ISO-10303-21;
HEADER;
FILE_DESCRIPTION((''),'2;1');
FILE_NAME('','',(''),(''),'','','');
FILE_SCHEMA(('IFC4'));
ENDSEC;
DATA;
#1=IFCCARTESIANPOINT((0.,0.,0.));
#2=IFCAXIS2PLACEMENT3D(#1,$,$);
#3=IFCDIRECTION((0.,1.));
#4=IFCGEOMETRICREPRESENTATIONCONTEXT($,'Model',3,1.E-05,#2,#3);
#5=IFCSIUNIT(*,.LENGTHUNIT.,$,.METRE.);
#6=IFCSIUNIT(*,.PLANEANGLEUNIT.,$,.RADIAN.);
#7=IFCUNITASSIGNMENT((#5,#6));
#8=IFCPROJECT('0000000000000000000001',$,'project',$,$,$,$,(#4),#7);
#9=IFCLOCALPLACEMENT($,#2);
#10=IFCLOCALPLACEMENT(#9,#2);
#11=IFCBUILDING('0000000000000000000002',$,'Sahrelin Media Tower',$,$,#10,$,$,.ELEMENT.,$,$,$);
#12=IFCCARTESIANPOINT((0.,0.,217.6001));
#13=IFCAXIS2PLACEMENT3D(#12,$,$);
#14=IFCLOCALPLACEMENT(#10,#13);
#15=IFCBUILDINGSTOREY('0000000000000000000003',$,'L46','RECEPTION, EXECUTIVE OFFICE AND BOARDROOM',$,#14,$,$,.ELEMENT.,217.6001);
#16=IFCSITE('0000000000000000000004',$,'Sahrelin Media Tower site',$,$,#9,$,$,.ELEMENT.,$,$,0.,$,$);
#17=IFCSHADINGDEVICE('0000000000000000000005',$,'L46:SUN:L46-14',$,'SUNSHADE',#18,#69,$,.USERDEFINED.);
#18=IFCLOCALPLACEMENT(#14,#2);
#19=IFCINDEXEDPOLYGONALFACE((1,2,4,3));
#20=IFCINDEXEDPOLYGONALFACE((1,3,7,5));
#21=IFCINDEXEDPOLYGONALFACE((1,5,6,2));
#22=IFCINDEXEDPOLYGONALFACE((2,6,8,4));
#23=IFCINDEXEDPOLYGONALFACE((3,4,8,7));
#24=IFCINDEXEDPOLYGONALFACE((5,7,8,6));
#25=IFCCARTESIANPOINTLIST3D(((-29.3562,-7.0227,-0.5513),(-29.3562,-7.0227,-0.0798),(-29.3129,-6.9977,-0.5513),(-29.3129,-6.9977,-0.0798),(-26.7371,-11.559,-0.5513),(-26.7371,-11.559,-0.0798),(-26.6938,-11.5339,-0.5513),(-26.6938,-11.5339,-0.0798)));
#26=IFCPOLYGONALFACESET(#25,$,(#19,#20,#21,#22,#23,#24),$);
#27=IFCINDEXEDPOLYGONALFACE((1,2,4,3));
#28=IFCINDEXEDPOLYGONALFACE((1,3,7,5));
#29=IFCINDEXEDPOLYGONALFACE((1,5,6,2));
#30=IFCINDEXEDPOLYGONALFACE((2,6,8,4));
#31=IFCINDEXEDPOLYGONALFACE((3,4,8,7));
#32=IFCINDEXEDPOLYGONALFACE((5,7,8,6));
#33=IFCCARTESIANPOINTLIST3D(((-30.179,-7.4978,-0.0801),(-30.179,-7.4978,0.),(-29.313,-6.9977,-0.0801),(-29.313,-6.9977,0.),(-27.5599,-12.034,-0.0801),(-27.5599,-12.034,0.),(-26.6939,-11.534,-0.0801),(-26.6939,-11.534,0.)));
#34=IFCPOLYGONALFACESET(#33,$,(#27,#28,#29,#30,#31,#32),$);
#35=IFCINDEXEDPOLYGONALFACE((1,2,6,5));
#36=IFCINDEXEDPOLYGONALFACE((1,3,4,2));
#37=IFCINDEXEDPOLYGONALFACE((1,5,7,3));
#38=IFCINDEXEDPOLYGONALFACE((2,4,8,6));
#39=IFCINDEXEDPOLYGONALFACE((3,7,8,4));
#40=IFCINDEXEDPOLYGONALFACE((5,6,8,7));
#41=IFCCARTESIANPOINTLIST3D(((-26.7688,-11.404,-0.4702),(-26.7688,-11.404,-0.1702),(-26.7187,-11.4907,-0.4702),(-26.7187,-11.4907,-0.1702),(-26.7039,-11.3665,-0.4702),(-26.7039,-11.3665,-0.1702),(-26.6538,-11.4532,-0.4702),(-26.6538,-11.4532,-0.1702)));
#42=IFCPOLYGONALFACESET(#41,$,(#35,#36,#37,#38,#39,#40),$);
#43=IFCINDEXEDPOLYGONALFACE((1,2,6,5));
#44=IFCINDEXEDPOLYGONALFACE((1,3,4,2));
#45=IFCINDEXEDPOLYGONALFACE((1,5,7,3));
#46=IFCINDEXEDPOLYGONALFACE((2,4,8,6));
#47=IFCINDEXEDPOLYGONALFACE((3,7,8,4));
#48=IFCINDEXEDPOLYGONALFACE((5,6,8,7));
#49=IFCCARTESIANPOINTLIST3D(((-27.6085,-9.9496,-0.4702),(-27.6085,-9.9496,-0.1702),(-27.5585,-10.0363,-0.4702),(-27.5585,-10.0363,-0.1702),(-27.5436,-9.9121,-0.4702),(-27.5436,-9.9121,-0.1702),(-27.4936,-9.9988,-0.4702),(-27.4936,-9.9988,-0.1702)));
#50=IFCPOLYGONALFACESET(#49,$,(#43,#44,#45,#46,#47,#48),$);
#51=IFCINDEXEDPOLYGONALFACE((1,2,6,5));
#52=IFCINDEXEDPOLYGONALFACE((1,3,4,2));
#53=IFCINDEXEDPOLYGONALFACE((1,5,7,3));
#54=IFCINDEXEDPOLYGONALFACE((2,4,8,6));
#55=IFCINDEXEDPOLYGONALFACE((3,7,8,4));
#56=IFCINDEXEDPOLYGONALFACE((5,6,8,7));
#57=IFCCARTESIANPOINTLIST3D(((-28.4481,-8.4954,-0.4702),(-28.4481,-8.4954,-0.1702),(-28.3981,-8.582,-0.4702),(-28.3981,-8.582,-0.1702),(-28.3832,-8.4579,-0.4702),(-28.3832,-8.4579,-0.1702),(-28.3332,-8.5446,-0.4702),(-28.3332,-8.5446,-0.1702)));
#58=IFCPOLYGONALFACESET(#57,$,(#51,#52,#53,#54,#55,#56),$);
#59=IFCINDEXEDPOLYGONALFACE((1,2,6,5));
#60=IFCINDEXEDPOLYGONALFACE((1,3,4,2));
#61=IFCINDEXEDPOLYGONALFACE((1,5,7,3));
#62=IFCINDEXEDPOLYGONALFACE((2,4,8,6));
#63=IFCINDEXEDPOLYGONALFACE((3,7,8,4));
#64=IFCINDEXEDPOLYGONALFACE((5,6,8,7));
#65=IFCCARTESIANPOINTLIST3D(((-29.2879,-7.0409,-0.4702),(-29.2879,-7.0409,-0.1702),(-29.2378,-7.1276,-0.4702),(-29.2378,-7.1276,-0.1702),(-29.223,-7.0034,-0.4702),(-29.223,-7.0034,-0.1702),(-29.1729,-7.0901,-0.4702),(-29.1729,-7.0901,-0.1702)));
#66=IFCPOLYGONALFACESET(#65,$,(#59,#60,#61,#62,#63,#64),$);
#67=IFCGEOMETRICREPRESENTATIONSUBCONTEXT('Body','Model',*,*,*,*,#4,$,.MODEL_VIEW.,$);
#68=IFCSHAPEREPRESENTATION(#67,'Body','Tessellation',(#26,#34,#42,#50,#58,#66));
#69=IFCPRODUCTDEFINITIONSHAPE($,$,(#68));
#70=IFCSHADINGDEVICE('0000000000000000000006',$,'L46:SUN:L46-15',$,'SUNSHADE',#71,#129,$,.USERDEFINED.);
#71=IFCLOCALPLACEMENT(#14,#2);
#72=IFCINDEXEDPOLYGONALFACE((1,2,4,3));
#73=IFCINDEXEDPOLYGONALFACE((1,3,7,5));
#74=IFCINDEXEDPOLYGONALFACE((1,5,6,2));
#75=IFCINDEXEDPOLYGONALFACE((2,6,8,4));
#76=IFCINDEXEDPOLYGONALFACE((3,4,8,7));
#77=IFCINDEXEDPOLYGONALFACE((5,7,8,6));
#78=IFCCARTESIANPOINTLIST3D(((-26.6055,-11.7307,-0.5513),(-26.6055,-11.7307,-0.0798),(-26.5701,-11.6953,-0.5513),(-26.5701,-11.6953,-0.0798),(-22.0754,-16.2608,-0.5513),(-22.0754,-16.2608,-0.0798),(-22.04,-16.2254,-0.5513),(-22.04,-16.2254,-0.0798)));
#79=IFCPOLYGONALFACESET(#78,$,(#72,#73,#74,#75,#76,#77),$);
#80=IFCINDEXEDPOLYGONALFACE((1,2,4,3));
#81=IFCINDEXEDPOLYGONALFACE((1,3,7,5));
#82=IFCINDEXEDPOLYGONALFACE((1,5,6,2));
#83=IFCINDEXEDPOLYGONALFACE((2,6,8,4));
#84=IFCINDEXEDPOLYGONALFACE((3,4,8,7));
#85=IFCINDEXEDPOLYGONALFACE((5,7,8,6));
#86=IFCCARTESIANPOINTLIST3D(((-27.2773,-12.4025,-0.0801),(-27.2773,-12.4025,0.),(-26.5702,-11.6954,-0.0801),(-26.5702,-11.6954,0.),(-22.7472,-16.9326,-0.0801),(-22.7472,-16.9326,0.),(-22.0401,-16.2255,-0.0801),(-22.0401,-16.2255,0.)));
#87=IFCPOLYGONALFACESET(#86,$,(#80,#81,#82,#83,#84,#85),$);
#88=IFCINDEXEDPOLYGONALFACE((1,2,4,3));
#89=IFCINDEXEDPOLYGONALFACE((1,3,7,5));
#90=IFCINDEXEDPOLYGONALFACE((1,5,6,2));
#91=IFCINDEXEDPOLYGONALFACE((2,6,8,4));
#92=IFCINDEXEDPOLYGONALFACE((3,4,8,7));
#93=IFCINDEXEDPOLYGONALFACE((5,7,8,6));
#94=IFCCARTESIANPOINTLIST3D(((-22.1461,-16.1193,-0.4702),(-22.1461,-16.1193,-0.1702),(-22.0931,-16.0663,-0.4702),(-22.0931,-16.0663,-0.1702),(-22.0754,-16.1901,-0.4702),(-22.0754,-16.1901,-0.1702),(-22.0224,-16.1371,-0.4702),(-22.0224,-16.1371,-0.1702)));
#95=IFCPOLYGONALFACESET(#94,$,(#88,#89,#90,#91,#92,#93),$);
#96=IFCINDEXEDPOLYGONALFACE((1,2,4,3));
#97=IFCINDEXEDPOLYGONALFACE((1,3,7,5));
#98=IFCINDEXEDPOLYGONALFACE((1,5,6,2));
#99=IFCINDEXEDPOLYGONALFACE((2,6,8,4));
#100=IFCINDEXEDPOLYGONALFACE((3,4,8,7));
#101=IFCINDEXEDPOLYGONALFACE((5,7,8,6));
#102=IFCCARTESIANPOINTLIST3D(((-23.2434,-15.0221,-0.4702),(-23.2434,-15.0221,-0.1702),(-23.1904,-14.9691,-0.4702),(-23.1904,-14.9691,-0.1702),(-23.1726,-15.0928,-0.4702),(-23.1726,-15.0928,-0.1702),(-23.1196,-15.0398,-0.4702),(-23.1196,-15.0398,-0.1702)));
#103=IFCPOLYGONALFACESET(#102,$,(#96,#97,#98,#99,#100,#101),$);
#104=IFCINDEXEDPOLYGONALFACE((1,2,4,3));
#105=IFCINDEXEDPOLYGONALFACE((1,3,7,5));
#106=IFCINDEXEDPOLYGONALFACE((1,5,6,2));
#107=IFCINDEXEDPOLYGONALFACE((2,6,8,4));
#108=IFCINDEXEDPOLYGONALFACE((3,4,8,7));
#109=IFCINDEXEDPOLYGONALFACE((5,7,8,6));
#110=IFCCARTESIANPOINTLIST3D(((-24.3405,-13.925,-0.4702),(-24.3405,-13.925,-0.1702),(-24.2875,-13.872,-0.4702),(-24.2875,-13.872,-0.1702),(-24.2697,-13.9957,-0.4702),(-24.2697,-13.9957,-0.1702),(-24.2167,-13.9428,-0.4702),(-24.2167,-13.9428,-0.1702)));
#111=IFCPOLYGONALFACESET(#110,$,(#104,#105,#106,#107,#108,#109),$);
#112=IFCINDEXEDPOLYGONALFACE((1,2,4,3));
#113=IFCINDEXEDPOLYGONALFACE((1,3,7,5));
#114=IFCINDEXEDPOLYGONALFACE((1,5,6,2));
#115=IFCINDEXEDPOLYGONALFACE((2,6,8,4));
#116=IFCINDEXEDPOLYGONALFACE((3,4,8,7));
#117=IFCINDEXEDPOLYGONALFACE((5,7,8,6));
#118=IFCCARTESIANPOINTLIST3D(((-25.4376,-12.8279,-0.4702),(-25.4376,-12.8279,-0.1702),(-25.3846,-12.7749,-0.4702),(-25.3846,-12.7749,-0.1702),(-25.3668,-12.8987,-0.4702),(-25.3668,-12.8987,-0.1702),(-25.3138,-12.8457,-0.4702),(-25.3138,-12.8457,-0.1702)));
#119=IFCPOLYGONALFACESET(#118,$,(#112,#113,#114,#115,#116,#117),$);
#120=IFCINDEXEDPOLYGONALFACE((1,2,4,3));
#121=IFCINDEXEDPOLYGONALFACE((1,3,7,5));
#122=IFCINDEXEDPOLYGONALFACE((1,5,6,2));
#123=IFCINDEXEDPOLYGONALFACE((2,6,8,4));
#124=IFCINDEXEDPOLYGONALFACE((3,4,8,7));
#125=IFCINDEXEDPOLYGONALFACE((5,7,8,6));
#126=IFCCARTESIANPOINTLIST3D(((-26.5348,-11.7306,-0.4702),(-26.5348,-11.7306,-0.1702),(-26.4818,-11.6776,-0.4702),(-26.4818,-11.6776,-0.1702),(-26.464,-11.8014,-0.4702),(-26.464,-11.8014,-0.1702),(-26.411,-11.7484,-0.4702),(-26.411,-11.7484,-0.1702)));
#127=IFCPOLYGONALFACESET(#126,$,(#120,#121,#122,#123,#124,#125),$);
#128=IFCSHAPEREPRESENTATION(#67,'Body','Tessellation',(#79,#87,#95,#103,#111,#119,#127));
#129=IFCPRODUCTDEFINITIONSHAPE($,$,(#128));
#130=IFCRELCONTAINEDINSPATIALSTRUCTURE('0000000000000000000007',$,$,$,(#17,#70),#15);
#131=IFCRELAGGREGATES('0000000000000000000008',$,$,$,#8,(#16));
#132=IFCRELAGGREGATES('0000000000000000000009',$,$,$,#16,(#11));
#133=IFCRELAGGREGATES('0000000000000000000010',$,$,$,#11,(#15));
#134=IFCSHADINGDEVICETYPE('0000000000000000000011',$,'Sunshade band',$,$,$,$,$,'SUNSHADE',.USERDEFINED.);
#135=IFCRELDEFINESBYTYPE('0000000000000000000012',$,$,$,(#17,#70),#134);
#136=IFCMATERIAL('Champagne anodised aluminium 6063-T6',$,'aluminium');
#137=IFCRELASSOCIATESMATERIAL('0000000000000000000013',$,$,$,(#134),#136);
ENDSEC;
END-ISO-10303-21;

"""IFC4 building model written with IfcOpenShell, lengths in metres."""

from ifc_helpers import new_model, si_unit, direction, frame, origin, origin_2d, place, context, subcontext, project, spatial, rectangle, extrude, material, type_object, element, save


model = new_model("IFC4")

# Units and contexts
model_context = context("Model", 3, precision=1e-05, world=origin(), true_north=direction((0.0, 1.0)))
body_context = subcontext(model_context, "Body", "Model", "MODEL_VIEW")
ifc_project = project(units=[si_unit("LENGTHUNIT", "METRE"), si_unit("PLANEANGLEUNIT", "RADIAN")], contexts=[model_context])

# Site, building, storey
site_placement = place(None, origin())
site = spatial("IfcSite", under=ifc_project, at=site_placement, Name="Sahrelin Media Tower site", CompositionType="ELEMENT", RefElevation=0.0)
building_placement = place(site_placement, origin())
building = spatial("IfcBuilding", under=site, at=building_placement, Name="Sahrelin Media Tower", CompositionType="ELEMENT")
storey_placement = place(building_placement, frame((0.0, 0.0, 217.6001)))
storey = spatial("IfcBuildingStorey", under=building, at=storey_placement, Name="L46", Description="RECEPTION, EXECUTIVE OFFICE AND BOARDROOM", CompositionType="ELEMENT", Elevation=217.6001)

# Shared definitions
ifc_material_1 = material(Name="Champagne anodised aluminium 6063-T6", Category="aluminium")

# Shading devices
placement_1 = place(storey_placement, frame((-27.9861, -9.2559, 0.0), z_axis=(0.0, 0.0, 1.0), x_axis=(-0.500011, 0.866019, 0.0)))
placement_2 = place(storey_placement, frame((-24.291, -13.9463, 0.0), z_axis=(0.0, 0.0, 1.0), x_axis=(-0.707107, 0.707107, 0.0)))
shading_device_type_1 = type_object("IfcShadingDeviceType", Name="Sunshade band", ElementType="SUNSHADE", PredefinedType="USERDEFINED", material=ifc_material_1)
element("IfcShadingDevice", 1, at=placement_1, inside=storey, type_object=shading_device_type_1, Name="L46:SUN:L46-14", ObjectType="SUNSHADE", PredefinedType="USERDEFINED", context=body_context, shape_type="SweptSolid", body=[
    extrude(rectangle(XDim=5.238, YDim=0.05, at=origin_2d()), frame((0.0, 0.0449, -0.5513)), (0.0, 0.0, 1.0), 0.4714),
    extrude(rectangle(XDim=5.238, YDim=1.0, at=origin_2d()), frame((0.0, 0.52, -0.0801)), (0.0, 0.0, 1.0), 0.0801),
    extrude(rectangle(XDim=0.1001, YDim=0.075, at=origin_2d()), frame((-2.519, -0.0176, -0.4702)), (0.0, 0.0, 1.0), 0.3),
    extrude(rectangle(XDim=0.1001, YDim=0.075, at=origin_2d()), frame((-0.8396, -0.0176, -0.4702)), (0.0, 0.0, 1.0), 0.3),
    extrude(rectangle(XDim=0.1001, YDim=0.075, at=origin_2d()), frame((0.8396, -0.0176, -0.4702)), (0.0, 0.0, 1.0), 0.3),
    extrude(rectangle(XDim=0.1001, YDim=0.075, at=origin_2d()), frame((2.519, -0.0176, -0.4702)), (0.0, 0.0, 1.0), 0.3),
])
element("IfcShadingDevice", 2, at=placement_2, inside=storey, type_object=shading_device_type_1, Name="L46:SUN:L46-15", ObjectType="SUNSHADE", PredefinedType="USERDEFINED", context=body_context, shape_type="SweptSolid", body=[
    extrude(rectangle(XDim=6.4065, YDim=0.05, at=origin_2d()), frame((0.0, 0.0449, -0.5513)), (0.0, 0.0, 1.0), 0.4714),
    extrude(rectangle(XDim=6.4065, YDim=1.0, at=origin_2d()), frame((0.0, 0.52, -0.0801)), (0.0, 0.0, 1.0), 0.0801),
    extrude(rectangle(XDim=0.1001, YDim=0.075, at=origin_2d()), frame((-3.1033, -0.0176, -0.4702)), (0.0, 0.0, 1.0), 0.3),
    extrude(rectangle(XDim=0.1001, YDim=0.075, at=origin_2d()), frame((-1.5515, -0.0176, -0.4702)), (0.0, 0.0, 1.0), 0.3),
    extrude(rectangle(XDim=0.1001, YDim=0.075, at=origin_2d()), frame((0.0, -0.0176, -0.4702)), (0.0, 0.0, 1.0), 0.3),
    extrude(rectangle(XDim=0.1001, YDim=0.075, at=origin_2d()), frame((1.5515, -0.0176, -0.4702)), (0.0, 0.0, 1.0), 0.3),
    extrude(rectangle(XDim=0.1001, YDim=0.075, at=origin_2d()), frame((3.1033, -0.0176, -0.4702)), (0.0, 0.0, 1.0), 0.3),
])

save(model, "model.ifc")
